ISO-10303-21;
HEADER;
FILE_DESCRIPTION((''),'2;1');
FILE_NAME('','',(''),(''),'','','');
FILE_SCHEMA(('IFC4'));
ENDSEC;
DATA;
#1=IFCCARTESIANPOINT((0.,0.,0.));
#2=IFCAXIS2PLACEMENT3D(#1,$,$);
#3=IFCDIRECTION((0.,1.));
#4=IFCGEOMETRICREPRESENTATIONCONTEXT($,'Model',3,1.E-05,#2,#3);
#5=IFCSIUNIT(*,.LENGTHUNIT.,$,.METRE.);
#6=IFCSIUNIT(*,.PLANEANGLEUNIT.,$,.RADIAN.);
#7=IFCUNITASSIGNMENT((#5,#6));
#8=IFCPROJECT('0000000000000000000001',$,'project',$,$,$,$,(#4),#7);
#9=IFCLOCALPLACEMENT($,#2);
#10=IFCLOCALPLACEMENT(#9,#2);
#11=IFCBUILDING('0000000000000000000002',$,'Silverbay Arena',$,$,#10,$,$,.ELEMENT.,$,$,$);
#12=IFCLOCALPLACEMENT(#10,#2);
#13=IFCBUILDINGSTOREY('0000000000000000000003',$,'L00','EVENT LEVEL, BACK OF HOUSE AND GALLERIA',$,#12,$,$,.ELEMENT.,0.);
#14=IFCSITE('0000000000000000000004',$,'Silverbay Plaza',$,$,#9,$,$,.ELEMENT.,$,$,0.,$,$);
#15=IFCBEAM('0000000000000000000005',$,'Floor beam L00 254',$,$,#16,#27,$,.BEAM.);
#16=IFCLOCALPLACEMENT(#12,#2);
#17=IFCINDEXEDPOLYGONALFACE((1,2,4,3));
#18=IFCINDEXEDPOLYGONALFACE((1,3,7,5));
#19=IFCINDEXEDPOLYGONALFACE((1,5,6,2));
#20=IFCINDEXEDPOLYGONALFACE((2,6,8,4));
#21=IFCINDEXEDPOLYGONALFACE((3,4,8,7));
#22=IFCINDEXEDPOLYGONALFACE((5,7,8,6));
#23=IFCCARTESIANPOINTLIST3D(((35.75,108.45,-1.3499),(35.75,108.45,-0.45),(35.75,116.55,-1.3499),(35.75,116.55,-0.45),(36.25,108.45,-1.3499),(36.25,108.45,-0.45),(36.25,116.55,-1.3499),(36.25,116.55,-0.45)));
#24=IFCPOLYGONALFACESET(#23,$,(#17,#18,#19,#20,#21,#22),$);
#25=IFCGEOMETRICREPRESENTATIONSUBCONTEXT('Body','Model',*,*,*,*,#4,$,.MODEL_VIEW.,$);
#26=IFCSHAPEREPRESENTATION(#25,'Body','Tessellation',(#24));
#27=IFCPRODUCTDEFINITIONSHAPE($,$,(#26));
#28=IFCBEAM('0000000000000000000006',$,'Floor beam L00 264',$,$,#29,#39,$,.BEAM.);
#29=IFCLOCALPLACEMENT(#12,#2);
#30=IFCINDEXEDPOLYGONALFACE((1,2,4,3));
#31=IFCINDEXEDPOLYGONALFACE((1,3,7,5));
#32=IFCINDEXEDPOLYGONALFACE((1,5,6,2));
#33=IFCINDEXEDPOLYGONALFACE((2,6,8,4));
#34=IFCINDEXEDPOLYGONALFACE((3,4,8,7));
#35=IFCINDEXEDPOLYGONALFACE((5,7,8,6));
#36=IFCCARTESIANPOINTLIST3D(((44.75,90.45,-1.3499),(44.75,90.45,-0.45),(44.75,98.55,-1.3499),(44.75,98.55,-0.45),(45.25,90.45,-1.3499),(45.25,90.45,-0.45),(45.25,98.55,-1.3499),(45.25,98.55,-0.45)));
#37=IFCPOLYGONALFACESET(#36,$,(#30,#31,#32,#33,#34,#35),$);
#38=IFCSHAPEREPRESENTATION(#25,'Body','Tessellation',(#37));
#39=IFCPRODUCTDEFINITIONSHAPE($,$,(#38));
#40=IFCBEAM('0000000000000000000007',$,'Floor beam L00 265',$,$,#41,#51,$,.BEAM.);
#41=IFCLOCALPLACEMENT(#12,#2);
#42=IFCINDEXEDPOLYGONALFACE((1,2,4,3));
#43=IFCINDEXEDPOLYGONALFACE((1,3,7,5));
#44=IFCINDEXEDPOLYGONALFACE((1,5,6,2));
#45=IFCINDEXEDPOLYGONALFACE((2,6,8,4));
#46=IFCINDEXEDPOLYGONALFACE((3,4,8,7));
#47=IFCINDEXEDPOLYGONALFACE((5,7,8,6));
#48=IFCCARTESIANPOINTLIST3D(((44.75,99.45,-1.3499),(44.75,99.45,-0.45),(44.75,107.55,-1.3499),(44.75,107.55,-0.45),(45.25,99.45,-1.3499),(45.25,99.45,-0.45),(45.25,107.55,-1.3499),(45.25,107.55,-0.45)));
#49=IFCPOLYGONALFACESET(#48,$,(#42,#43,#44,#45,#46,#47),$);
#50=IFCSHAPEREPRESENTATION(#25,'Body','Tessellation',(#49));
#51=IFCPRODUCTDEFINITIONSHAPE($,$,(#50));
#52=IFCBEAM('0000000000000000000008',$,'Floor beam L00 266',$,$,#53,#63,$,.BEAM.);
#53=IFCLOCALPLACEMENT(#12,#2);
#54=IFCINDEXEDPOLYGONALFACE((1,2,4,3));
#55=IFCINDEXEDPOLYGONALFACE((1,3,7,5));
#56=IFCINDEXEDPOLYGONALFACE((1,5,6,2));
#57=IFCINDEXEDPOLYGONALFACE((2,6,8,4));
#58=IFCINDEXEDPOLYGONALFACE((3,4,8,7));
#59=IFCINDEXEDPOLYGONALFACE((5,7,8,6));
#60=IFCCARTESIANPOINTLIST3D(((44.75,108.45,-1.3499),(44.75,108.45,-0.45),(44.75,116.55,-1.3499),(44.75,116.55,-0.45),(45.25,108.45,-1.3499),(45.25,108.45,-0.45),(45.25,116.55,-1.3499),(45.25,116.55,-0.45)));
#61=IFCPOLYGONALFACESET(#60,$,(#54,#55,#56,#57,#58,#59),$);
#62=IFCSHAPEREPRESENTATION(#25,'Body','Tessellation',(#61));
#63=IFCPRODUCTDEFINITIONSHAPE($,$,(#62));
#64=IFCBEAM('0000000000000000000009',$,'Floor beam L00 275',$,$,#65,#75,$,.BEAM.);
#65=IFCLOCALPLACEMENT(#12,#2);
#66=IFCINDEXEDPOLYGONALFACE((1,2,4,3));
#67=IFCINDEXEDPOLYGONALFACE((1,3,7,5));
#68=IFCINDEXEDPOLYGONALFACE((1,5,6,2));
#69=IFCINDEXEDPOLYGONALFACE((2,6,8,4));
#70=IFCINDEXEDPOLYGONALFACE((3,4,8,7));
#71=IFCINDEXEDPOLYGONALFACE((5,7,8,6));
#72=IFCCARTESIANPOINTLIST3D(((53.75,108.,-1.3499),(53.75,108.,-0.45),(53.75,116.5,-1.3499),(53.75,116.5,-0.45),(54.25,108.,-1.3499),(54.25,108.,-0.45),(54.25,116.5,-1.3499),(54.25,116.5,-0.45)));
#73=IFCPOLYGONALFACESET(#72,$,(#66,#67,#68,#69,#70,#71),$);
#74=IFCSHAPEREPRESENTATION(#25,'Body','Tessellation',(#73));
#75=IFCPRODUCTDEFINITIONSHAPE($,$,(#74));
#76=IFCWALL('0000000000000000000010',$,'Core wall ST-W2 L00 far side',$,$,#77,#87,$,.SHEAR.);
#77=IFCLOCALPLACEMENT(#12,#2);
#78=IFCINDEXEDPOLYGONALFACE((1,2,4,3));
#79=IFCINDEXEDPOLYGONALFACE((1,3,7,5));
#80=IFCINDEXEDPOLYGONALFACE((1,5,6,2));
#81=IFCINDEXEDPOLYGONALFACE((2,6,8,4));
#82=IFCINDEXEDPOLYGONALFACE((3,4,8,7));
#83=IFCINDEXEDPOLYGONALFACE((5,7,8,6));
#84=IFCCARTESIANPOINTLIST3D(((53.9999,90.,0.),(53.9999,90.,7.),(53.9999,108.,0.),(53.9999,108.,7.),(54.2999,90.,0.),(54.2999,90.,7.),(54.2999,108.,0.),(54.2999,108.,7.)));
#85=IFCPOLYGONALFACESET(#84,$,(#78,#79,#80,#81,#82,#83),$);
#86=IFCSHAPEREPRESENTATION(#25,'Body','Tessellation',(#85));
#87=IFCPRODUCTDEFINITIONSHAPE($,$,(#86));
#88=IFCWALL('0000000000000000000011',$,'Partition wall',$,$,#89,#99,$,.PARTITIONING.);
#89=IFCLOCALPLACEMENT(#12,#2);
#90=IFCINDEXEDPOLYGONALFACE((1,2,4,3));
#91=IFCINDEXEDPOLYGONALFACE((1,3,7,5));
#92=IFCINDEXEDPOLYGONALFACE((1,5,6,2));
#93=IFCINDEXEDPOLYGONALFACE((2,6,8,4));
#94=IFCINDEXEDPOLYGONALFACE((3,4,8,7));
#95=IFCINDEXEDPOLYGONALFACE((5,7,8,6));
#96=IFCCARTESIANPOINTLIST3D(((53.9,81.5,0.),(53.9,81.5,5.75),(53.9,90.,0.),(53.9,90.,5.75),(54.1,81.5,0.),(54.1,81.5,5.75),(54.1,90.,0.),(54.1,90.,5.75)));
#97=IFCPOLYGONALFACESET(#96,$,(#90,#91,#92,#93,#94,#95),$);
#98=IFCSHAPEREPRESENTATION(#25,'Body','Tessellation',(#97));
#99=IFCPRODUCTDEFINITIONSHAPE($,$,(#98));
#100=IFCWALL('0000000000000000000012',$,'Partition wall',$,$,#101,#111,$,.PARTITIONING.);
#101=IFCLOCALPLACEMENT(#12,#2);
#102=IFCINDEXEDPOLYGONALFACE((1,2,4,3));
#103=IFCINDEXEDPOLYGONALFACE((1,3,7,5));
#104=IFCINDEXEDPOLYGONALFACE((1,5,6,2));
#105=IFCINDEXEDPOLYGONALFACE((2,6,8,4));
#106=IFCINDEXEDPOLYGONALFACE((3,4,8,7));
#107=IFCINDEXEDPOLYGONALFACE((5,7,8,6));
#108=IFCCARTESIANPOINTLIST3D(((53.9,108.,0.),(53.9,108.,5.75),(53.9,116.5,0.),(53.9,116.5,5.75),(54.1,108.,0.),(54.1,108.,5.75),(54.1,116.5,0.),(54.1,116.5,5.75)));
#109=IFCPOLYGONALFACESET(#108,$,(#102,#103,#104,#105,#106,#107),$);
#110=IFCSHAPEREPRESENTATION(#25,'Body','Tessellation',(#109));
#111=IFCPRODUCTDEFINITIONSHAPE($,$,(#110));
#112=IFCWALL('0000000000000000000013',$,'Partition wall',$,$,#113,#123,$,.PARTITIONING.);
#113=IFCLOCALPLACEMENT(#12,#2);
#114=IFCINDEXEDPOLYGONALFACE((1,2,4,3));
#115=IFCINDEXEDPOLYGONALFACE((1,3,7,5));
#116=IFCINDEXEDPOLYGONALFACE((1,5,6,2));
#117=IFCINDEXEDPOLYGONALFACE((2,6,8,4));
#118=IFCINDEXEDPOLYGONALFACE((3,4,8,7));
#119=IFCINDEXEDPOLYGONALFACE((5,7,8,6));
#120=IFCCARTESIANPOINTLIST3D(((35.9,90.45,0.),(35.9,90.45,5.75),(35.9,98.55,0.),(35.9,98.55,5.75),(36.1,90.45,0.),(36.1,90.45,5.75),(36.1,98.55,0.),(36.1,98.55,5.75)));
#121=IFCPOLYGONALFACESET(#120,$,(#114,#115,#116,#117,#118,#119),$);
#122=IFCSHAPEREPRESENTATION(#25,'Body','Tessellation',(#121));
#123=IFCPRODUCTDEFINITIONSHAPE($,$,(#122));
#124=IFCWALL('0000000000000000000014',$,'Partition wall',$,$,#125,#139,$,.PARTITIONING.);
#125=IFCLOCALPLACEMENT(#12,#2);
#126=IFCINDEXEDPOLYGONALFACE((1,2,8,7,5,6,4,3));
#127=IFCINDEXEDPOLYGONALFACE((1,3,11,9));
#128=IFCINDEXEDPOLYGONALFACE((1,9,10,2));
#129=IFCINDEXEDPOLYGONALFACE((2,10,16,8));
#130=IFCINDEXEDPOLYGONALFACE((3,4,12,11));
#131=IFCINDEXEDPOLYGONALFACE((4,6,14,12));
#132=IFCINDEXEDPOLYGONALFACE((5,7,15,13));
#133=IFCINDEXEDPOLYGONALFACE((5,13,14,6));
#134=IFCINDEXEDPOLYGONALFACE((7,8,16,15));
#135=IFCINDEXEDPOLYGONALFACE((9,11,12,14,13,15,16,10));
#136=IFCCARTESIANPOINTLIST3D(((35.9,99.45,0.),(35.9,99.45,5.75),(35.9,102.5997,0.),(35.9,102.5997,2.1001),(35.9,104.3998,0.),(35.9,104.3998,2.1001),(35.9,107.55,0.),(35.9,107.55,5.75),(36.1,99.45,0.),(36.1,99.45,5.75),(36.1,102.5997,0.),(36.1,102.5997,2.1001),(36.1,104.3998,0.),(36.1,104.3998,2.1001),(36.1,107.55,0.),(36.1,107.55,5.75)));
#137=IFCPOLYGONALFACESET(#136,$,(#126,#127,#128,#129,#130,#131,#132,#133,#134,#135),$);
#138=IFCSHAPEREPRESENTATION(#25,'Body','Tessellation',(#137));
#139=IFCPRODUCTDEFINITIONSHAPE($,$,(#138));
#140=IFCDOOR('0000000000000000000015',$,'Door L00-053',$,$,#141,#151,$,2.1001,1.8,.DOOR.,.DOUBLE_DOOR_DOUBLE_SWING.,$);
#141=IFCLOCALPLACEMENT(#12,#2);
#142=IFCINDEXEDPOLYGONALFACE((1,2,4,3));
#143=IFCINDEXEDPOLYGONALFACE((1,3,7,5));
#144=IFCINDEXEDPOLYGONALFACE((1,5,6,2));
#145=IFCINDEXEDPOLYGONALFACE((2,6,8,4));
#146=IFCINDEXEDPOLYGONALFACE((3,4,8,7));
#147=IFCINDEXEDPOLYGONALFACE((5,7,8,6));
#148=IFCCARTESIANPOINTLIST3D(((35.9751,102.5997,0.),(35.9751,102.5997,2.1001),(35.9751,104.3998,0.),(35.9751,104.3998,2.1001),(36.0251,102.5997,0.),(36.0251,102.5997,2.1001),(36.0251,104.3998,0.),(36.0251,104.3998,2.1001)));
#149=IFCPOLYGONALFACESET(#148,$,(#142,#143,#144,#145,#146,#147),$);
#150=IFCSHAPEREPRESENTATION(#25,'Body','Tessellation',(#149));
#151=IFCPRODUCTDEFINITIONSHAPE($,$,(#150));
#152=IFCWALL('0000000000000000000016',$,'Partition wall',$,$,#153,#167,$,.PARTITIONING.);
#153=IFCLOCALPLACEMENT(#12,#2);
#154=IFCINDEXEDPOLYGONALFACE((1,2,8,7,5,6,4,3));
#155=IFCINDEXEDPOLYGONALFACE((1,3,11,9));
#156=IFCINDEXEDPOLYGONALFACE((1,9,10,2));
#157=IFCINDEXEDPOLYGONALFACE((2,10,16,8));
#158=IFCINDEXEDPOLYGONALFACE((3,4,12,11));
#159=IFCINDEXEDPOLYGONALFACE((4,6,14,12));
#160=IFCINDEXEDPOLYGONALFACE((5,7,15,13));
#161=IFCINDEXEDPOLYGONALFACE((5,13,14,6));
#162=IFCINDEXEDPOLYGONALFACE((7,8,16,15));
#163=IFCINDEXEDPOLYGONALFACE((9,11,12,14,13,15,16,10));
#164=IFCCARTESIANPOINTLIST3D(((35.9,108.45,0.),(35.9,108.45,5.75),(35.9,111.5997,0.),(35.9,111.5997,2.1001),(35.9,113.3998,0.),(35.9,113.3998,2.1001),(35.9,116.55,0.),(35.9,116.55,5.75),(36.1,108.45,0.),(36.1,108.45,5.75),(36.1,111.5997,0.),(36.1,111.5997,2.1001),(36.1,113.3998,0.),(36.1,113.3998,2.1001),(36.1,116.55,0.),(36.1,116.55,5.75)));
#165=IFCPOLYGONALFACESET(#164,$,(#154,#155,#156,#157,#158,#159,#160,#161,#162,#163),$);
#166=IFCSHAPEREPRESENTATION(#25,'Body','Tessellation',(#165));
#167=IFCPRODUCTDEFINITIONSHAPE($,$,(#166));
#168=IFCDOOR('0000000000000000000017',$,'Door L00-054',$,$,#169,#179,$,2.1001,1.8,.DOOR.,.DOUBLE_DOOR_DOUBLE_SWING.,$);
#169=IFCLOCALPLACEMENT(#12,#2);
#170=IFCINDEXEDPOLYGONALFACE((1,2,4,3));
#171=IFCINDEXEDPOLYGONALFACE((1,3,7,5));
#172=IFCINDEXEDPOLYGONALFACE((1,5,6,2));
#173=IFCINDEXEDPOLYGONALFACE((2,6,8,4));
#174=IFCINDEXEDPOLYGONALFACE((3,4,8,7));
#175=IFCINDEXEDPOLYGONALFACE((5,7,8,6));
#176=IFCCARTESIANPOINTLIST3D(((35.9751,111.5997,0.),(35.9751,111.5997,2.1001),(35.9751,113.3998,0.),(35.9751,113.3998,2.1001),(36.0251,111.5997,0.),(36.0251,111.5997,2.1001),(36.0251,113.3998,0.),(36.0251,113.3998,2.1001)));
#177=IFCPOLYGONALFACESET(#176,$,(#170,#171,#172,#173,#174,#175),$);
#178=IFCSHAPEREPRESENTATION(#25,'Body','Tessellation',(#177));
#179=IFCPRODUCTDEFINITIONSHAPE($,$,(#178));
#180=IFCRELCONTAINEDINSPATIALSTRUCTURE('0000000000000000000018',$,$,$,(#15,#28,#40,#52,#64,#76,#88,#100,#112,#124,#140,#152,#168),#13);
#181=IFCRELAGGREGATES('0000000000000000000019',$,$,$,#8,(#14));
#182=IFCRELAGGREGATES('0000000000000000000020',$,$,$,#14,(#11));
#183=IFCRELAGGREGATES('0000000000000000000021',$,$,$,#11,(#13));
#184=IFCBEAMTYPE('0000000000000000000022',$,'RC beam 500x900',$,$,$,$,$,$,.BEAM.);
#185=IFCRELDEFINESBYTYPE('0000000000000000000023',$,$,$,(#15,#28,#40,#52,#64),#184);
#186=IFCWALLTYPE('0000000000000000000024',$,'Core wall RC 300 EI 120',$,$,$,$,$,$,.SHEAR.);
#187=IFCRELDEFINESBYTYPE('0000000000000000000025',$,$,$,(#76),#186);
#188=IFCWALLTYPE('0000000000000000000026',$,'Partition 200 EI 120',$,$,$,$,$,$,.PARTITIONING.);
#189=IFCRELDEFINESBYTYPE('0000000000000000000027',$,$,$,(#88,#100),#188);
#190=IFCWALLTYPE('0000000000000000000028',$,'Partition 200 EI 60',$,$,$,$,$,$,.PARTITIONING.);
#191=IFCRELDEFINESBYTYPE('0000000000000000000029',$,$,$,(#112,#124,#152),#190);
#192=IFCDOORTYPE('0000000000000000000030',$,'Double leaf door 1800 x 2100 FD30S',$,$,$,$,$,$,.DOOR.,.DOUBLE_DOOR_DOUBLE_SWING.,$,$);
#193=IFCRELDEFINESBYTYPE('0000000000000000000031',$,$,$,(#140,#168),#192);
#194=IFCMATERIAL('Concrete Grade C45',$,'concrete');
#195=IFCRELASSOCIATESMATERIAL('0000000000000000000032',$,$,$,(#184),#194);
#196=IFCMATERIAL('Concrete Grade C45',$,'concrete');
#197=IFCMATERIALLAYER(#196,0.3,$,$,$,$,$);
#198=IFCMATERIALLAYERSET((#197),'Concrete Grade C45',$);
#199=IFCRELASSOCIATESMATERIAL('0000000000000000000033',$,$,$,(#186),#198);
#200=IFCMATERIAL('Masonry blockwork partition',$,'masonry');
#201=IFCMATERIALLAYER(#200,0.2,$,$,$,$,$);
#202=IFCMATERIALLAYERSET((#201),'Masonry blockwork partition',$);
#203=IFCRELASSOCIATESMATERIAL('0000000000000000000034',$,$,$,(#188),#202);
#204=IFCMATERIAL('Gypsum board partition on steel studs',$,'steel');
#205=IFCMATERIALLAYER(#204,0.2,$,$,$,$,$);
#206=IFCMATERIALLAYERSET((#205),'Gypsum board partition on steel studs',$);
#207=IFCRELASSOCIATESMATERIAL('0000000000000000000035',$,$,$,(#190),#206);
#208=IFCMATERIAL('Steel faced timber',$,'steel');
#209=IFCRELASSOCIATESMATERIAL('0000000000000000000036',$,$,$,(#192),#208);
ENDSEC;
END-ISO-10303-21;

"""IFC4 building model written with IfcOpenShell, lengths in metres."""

from ifc_helpers import new_model, si_unit, direction, frame, frame_2d, origin, origin_2d, place, context, subcontext, project, spatial, rectangle, extrude, material, layer, layer_set, material_profile, profile_set, type_object, element, fill, save


model = new_model("IFC4")

# Units and contexts
model_context = context("Model", 3, precision=1e-05, world=origin(), true_north=direction((0.0, 1.0)))
body_context = subcontext(model_context, "Body", "Model", "MODEL_VIEW")
ifc_project = project(units=[si_unit("LENGTHUNIT", "METRE"), si_unit("PLANEANGLEUNIT", "RADIAN")], contexts=[model_context])

# Site, building, storey
site_placement = place(None, origin())
site = spatial("IfcSite", under=ifc_project, at=site_placement, Name="Silverbay Plaza", CompositionType="ELEMENT", RefElevation=0.0)
building_placement = place(site_placement, origin())
building = spatial("IfcBuilding", under=site, at=building_placement, Name="Silverbay Arena", CompositionType="ELEMENT")
storey_placement = place(building_placement, origin())
storey = spatial("IfcBuildingStorey", under=building, at=storey_placement, Name="L00", Description="EVENT LEVEL, BACK OF HOUSE AND GALLERIA", CompositionType="ELEMENT", Elevation=0.0)

# Beams
ifc_material_1 = material(Name="Concrete Grade C45", Category="concrete")
ifc_material_profile_1 = material_profile(ifc_material_1, rectangle(XDim=0.5, YDim=0.8999, at=origin_2d()), Name="RC 500x900")
ifc_profile_set_1 = profile_set([ifc_material_profile_1], Name="Concrete Grade C45")
beam_type = type_object("IfcBeamType", Name="RC beam 500x900", PredefinedType="BEAM", material=ifc_profile_set_1)
for number, where, z_axis, x_axis, name in (
    (1, (36.0, 108.45, -0.8999), (0.0, 1.0, 0.0), (-1.0, 0.0, 0.0), "Floor beam L00 254"),
    (2, (45.0, 90.45, -0.8999), (0.0, 1.0, 0.0), (-1.0, 0.0, 0.0), "Floor beam L00 264"),
    (3, (45.0, 99.45, -0.8999), (0.0, 1.0, 0.0), (-1.0, 0.0, 0.0), "Floor beam L00 265"),
    (4, (45.0, 108.45, -0.8999), (0.0, 1.0, 0.0), (-1.0, 0.0, 0.0), "Floor beam L00 266"),
):
    element("IfcBeam", number, at=place(storey_placement, frame(where, z_axis=z_axis, x_axis=x_axis)), inside=storey, type_object=beam_type, Name=name, PredefinedType="BEAM", context=body_context, shape_type="SweptSolid", body=[
        extrude(rectangle(XDim=0.5, YDim=0.8999, at=origin_2d()), origin(), (0.0, 0.0, 1.0), 8.1001),
    ])
beam_1_placement = place(storey_placement, frame((54.0, 108.0, -0.8999), z_axis=(0.0, 1.0, 0.0), x_axis=(-1.0, 0.0, 0.0)))
element("IfcBeam", 5, at=beam_1_placement, inside=storey, type_object=beam_type, Name="Floor beam L00 275", PredefinedType="BEAM", context=body_context, shape_type="SweptSolid", body=[
    extrude(rectangle(XDim=0.5, YDim=0.8999, at=origin_2d()), origin(), (0.0, 0.0, 1.0), 8.5),
])

# Walls
ifc_material_2 = material(Name="Concrete Grade C45", Category="concrete")
ifc_layer_1 = layer(ifc_material_2, 0.3)
ifc_layer_set_1 = layer_set([ifc_layer_1], Name="Concrete Grade C45")
wall_type_1 = type_object("IfcWallType", Name="Core wall RC 300 EI 120", PredefinedType="SHEAR", material=ifc_layer_set_1)
wall_1_placement = place(storey_placement, frame((54.1499, 108.0, 0.0), z_axis=(0.0, 0.0, 1.0), x_axis=(0.0, -1.0, 0.0)))
element("IfcWall", 6, at=wall_1_placement, inside=storey, type_object=wall_type_1, Name="Core wall ST-W2 L00 far side", PredefinedType="SHEAR", context=body_context, shape_type="SweptSolid", body=[
    extrude(rectangle(XDim=18.0, YDim=0.3, at=frame_2d((9.0, 0.0))), origin(), (0.0, 0.0, 1.0), 7.0),
])
ifc_material_3 = material(Name="Masonry blockwork partition", Category="masonry")
ifc_layer_2 = layer(ifc_material_3, 0.2)
ifc_layer_set_2 = layer_set([ifc_layer_2], Name="Masonry blockwork partition")
wall_type_2 = type_object("IfcWallType", Name="Partition 200 EI 120", PredefinedType="PARTITIONING", material=ifc_layer_set_2)
for number, where, z_axis, x_axis, name in (
    (7, (54.0, 81.5, 0.0), (0.0, 0.0, 1.0), (0.0, 1.0, 0.0), "Partition wall"),
    (8, (54.0, 108.0, 0.0), (0.0, 0.0, 1.0), (0.0, 1.0, 0.0), "Partition wall"),
):
    element("IfcWall", number, at=place(storey_placement, frame(where, z_axis=z_axis, x_axis=x_axis)), inside=storey, type_object=wall_type_2, Name=name, PredefinedType="PARTITIONING", context=body_context, shape_type="SweptSolid", body=[
        extrude(rectangle(XDim=8.5, YDim=0.2, at=frame_2d((4.25, 0.0))), origin(), (0.0, 0.0, 1.0), 5.75),
    ])
ifc_material_4 = material(Name="Gypsum board partition on steel studs", Category="steel")
ifc_layer_3 = layer(ifc_material_4, 0.2)
ifc_layer_set_3 = layer_set([ifc_layer_3], Name="Gypsum board partition on steel studs")
wall_type_3 = type_object("IfcWallType", Name="Partition 200 EI 60", PredefinedType="PARTITIONING", material=ifc_layer_set_3)
wall_2_placement = place(storey_placement, frame((36.0, 90.45, 0.0), z_axis=(0.0, 0.0, 1.0), x_axis=(0.0, 1.0, 0.0)))
element("IfcWall", 9, at=wall_2_placement, inside=storey, type_object=wall_type_3, Name="Partition wall", PredefinedType="PARTITIONING", context=body_context, shape_type="SweptSolid", body=[
    extrude(rectangle(XDim=8.1001, YDim=0.2, at=frame_2d((4.05, 0.0))), origin(), (0.0, 0.0, 1.0), 5.75),
])

# Walls, openings, doors
wall_3_placement = place(storey_placement, frame((36.0, 99.45, 0.0), z_axis=(0.0, 0.0, 1.0), x_axis=(0.0, 1.0, 0.0)))
wall_3 = element("IfcWall", 10, at=wall_3_placement, inside=storey, type_object=wall_type_3, Name="Partition wall", PredefinedType="PARTITIONING", context=body_context, shape_type="SweptSolid", body=[
    extrude(rectangle(XDim=8.1001, YDim=0.2, at=frame_2d((4.05, 0.0))), origin(), (0.0, 0.0, 1.0), 5.75),
])
opening_1_placement = place(wall_3_placement, frame((3.1499, 0.0, 0.0)))
opening_1 = element("IfcOpeningElement", 11, at=opening_1_placement, cuts=wall_3, PredefinedType="OPENING", context=body_context, shape_type="SweptSolid", body=[
    extrude(rectangle(XDim=1.8, YDim=2.1001, at=frame_2d((0.8999, 1.05))), frame((0.0, 0.1099, 0.0), z_axis=(0.0, -1.0, 0.0), x_axis=(1.0, 0.0, 0.0)), (0.0, 0.0, 1.0), 0.22),
])
ifc_material_5 = material(Name="Steel faced timber", Category="steel")
door_type = type_object("IfcDoorType", Name="Double leaf door 1800 x 2100 FD30S", OperationType="DOUBLE_DOOR_DOUBLE_SWING", PredefinedType="DOOR", material=ifc_material_5)
door_1_placement = place(opening_1_placement, origin())
door_1 = element("IfcDoor", 12, at=door_1_placement, inside=storey, type_object=door_type, Name="Door L00-053", OperationType="DOUBLE_DOOR_DOUBLE_SWING", OverallHeight=2.1001, OverallWidth=1.8, PredefinedType="DOOR", context=body_context, shape_type="SweptSolid", body=[
    extrude(rectangle(XDim=1.8, YDim=2.1001, at=frame_2d((0.8999, 1.05))), frame((0.0, 0.0249, 0.0), z_axis=(0.0, -1.0, 0.0), x_axis=(1.0, 0.0, 0.0)), (0.0, 0.0, 1.0), 0.05),
])
fill(opening_1, door_1)
wall_4_placement = place(storey_placement, frame((36.0, 108.45, 0.0), z_axis=(0.0, 0.0, 1.0), x_axis=(0.0, 1.0, 0.0)))
wall_4 = element("IfcWall", 13, at=wall_4_placement, inside=storey, type_object=wall_type_3, Name="Partition wall", PredefinedType="PARTITIONING", context=body_context, shape_type="SweptSolid", body=[
    extrude(rectangle(XDim=8.1001, YDim=0.2, at=frame_2d((4.05, 0.0))), origin(), (0.0, 0.0, 1.0), 5.75),
])
opening_2_placement = place(wall_4_placement, frame((3.1499, 0.0, 0.0)))
opening_2 = element("IfcOpeningElement", 14, at=opening_2_placement, cuts=wall_4, PredefinedType="OPENING", context=body_context, shape_type="SweptSolid", body=[
    extrude(rectangle(XDim=1.8, YDim=2.1001, at=frame_2d((0.8999, 1.05))), frame((0.0, 0.1099, 0.0), z_axis=(0.0, -1.0, 0.0), x_axis=(1.0, 0.0, 0.0)), (0.0, 0.0, 1.0), 0.22),
])
door_2_placement = place(opening_2_placement, origin())
door_2 = element("IfcDoor", 15, at=door_2_placement, inside=storey, type_object=door_type, Name="Door L00-054", OperationType="DOUBLE_DOOR_DOUBLE_SWING", OverallHeight=2.1001, OverallWidth=1.8, PredefinedType="DOOR", context=body_context, shape_type="SweptSolid", body=[
    extrude(rectangle(XDim=1.8, YDim=2.1001, at=frame_2d((0.8999, 1.05))), frame((0.0, 0.0249, 0.0), z_axis=(0.0, -1.0, 0.0), x_axis=(1.0, 0.0, 0.0)), (0.0, 0.0, 1.0), 0.05),
])
fill(opening_2, door_2)

save(model, "model.ifc")
